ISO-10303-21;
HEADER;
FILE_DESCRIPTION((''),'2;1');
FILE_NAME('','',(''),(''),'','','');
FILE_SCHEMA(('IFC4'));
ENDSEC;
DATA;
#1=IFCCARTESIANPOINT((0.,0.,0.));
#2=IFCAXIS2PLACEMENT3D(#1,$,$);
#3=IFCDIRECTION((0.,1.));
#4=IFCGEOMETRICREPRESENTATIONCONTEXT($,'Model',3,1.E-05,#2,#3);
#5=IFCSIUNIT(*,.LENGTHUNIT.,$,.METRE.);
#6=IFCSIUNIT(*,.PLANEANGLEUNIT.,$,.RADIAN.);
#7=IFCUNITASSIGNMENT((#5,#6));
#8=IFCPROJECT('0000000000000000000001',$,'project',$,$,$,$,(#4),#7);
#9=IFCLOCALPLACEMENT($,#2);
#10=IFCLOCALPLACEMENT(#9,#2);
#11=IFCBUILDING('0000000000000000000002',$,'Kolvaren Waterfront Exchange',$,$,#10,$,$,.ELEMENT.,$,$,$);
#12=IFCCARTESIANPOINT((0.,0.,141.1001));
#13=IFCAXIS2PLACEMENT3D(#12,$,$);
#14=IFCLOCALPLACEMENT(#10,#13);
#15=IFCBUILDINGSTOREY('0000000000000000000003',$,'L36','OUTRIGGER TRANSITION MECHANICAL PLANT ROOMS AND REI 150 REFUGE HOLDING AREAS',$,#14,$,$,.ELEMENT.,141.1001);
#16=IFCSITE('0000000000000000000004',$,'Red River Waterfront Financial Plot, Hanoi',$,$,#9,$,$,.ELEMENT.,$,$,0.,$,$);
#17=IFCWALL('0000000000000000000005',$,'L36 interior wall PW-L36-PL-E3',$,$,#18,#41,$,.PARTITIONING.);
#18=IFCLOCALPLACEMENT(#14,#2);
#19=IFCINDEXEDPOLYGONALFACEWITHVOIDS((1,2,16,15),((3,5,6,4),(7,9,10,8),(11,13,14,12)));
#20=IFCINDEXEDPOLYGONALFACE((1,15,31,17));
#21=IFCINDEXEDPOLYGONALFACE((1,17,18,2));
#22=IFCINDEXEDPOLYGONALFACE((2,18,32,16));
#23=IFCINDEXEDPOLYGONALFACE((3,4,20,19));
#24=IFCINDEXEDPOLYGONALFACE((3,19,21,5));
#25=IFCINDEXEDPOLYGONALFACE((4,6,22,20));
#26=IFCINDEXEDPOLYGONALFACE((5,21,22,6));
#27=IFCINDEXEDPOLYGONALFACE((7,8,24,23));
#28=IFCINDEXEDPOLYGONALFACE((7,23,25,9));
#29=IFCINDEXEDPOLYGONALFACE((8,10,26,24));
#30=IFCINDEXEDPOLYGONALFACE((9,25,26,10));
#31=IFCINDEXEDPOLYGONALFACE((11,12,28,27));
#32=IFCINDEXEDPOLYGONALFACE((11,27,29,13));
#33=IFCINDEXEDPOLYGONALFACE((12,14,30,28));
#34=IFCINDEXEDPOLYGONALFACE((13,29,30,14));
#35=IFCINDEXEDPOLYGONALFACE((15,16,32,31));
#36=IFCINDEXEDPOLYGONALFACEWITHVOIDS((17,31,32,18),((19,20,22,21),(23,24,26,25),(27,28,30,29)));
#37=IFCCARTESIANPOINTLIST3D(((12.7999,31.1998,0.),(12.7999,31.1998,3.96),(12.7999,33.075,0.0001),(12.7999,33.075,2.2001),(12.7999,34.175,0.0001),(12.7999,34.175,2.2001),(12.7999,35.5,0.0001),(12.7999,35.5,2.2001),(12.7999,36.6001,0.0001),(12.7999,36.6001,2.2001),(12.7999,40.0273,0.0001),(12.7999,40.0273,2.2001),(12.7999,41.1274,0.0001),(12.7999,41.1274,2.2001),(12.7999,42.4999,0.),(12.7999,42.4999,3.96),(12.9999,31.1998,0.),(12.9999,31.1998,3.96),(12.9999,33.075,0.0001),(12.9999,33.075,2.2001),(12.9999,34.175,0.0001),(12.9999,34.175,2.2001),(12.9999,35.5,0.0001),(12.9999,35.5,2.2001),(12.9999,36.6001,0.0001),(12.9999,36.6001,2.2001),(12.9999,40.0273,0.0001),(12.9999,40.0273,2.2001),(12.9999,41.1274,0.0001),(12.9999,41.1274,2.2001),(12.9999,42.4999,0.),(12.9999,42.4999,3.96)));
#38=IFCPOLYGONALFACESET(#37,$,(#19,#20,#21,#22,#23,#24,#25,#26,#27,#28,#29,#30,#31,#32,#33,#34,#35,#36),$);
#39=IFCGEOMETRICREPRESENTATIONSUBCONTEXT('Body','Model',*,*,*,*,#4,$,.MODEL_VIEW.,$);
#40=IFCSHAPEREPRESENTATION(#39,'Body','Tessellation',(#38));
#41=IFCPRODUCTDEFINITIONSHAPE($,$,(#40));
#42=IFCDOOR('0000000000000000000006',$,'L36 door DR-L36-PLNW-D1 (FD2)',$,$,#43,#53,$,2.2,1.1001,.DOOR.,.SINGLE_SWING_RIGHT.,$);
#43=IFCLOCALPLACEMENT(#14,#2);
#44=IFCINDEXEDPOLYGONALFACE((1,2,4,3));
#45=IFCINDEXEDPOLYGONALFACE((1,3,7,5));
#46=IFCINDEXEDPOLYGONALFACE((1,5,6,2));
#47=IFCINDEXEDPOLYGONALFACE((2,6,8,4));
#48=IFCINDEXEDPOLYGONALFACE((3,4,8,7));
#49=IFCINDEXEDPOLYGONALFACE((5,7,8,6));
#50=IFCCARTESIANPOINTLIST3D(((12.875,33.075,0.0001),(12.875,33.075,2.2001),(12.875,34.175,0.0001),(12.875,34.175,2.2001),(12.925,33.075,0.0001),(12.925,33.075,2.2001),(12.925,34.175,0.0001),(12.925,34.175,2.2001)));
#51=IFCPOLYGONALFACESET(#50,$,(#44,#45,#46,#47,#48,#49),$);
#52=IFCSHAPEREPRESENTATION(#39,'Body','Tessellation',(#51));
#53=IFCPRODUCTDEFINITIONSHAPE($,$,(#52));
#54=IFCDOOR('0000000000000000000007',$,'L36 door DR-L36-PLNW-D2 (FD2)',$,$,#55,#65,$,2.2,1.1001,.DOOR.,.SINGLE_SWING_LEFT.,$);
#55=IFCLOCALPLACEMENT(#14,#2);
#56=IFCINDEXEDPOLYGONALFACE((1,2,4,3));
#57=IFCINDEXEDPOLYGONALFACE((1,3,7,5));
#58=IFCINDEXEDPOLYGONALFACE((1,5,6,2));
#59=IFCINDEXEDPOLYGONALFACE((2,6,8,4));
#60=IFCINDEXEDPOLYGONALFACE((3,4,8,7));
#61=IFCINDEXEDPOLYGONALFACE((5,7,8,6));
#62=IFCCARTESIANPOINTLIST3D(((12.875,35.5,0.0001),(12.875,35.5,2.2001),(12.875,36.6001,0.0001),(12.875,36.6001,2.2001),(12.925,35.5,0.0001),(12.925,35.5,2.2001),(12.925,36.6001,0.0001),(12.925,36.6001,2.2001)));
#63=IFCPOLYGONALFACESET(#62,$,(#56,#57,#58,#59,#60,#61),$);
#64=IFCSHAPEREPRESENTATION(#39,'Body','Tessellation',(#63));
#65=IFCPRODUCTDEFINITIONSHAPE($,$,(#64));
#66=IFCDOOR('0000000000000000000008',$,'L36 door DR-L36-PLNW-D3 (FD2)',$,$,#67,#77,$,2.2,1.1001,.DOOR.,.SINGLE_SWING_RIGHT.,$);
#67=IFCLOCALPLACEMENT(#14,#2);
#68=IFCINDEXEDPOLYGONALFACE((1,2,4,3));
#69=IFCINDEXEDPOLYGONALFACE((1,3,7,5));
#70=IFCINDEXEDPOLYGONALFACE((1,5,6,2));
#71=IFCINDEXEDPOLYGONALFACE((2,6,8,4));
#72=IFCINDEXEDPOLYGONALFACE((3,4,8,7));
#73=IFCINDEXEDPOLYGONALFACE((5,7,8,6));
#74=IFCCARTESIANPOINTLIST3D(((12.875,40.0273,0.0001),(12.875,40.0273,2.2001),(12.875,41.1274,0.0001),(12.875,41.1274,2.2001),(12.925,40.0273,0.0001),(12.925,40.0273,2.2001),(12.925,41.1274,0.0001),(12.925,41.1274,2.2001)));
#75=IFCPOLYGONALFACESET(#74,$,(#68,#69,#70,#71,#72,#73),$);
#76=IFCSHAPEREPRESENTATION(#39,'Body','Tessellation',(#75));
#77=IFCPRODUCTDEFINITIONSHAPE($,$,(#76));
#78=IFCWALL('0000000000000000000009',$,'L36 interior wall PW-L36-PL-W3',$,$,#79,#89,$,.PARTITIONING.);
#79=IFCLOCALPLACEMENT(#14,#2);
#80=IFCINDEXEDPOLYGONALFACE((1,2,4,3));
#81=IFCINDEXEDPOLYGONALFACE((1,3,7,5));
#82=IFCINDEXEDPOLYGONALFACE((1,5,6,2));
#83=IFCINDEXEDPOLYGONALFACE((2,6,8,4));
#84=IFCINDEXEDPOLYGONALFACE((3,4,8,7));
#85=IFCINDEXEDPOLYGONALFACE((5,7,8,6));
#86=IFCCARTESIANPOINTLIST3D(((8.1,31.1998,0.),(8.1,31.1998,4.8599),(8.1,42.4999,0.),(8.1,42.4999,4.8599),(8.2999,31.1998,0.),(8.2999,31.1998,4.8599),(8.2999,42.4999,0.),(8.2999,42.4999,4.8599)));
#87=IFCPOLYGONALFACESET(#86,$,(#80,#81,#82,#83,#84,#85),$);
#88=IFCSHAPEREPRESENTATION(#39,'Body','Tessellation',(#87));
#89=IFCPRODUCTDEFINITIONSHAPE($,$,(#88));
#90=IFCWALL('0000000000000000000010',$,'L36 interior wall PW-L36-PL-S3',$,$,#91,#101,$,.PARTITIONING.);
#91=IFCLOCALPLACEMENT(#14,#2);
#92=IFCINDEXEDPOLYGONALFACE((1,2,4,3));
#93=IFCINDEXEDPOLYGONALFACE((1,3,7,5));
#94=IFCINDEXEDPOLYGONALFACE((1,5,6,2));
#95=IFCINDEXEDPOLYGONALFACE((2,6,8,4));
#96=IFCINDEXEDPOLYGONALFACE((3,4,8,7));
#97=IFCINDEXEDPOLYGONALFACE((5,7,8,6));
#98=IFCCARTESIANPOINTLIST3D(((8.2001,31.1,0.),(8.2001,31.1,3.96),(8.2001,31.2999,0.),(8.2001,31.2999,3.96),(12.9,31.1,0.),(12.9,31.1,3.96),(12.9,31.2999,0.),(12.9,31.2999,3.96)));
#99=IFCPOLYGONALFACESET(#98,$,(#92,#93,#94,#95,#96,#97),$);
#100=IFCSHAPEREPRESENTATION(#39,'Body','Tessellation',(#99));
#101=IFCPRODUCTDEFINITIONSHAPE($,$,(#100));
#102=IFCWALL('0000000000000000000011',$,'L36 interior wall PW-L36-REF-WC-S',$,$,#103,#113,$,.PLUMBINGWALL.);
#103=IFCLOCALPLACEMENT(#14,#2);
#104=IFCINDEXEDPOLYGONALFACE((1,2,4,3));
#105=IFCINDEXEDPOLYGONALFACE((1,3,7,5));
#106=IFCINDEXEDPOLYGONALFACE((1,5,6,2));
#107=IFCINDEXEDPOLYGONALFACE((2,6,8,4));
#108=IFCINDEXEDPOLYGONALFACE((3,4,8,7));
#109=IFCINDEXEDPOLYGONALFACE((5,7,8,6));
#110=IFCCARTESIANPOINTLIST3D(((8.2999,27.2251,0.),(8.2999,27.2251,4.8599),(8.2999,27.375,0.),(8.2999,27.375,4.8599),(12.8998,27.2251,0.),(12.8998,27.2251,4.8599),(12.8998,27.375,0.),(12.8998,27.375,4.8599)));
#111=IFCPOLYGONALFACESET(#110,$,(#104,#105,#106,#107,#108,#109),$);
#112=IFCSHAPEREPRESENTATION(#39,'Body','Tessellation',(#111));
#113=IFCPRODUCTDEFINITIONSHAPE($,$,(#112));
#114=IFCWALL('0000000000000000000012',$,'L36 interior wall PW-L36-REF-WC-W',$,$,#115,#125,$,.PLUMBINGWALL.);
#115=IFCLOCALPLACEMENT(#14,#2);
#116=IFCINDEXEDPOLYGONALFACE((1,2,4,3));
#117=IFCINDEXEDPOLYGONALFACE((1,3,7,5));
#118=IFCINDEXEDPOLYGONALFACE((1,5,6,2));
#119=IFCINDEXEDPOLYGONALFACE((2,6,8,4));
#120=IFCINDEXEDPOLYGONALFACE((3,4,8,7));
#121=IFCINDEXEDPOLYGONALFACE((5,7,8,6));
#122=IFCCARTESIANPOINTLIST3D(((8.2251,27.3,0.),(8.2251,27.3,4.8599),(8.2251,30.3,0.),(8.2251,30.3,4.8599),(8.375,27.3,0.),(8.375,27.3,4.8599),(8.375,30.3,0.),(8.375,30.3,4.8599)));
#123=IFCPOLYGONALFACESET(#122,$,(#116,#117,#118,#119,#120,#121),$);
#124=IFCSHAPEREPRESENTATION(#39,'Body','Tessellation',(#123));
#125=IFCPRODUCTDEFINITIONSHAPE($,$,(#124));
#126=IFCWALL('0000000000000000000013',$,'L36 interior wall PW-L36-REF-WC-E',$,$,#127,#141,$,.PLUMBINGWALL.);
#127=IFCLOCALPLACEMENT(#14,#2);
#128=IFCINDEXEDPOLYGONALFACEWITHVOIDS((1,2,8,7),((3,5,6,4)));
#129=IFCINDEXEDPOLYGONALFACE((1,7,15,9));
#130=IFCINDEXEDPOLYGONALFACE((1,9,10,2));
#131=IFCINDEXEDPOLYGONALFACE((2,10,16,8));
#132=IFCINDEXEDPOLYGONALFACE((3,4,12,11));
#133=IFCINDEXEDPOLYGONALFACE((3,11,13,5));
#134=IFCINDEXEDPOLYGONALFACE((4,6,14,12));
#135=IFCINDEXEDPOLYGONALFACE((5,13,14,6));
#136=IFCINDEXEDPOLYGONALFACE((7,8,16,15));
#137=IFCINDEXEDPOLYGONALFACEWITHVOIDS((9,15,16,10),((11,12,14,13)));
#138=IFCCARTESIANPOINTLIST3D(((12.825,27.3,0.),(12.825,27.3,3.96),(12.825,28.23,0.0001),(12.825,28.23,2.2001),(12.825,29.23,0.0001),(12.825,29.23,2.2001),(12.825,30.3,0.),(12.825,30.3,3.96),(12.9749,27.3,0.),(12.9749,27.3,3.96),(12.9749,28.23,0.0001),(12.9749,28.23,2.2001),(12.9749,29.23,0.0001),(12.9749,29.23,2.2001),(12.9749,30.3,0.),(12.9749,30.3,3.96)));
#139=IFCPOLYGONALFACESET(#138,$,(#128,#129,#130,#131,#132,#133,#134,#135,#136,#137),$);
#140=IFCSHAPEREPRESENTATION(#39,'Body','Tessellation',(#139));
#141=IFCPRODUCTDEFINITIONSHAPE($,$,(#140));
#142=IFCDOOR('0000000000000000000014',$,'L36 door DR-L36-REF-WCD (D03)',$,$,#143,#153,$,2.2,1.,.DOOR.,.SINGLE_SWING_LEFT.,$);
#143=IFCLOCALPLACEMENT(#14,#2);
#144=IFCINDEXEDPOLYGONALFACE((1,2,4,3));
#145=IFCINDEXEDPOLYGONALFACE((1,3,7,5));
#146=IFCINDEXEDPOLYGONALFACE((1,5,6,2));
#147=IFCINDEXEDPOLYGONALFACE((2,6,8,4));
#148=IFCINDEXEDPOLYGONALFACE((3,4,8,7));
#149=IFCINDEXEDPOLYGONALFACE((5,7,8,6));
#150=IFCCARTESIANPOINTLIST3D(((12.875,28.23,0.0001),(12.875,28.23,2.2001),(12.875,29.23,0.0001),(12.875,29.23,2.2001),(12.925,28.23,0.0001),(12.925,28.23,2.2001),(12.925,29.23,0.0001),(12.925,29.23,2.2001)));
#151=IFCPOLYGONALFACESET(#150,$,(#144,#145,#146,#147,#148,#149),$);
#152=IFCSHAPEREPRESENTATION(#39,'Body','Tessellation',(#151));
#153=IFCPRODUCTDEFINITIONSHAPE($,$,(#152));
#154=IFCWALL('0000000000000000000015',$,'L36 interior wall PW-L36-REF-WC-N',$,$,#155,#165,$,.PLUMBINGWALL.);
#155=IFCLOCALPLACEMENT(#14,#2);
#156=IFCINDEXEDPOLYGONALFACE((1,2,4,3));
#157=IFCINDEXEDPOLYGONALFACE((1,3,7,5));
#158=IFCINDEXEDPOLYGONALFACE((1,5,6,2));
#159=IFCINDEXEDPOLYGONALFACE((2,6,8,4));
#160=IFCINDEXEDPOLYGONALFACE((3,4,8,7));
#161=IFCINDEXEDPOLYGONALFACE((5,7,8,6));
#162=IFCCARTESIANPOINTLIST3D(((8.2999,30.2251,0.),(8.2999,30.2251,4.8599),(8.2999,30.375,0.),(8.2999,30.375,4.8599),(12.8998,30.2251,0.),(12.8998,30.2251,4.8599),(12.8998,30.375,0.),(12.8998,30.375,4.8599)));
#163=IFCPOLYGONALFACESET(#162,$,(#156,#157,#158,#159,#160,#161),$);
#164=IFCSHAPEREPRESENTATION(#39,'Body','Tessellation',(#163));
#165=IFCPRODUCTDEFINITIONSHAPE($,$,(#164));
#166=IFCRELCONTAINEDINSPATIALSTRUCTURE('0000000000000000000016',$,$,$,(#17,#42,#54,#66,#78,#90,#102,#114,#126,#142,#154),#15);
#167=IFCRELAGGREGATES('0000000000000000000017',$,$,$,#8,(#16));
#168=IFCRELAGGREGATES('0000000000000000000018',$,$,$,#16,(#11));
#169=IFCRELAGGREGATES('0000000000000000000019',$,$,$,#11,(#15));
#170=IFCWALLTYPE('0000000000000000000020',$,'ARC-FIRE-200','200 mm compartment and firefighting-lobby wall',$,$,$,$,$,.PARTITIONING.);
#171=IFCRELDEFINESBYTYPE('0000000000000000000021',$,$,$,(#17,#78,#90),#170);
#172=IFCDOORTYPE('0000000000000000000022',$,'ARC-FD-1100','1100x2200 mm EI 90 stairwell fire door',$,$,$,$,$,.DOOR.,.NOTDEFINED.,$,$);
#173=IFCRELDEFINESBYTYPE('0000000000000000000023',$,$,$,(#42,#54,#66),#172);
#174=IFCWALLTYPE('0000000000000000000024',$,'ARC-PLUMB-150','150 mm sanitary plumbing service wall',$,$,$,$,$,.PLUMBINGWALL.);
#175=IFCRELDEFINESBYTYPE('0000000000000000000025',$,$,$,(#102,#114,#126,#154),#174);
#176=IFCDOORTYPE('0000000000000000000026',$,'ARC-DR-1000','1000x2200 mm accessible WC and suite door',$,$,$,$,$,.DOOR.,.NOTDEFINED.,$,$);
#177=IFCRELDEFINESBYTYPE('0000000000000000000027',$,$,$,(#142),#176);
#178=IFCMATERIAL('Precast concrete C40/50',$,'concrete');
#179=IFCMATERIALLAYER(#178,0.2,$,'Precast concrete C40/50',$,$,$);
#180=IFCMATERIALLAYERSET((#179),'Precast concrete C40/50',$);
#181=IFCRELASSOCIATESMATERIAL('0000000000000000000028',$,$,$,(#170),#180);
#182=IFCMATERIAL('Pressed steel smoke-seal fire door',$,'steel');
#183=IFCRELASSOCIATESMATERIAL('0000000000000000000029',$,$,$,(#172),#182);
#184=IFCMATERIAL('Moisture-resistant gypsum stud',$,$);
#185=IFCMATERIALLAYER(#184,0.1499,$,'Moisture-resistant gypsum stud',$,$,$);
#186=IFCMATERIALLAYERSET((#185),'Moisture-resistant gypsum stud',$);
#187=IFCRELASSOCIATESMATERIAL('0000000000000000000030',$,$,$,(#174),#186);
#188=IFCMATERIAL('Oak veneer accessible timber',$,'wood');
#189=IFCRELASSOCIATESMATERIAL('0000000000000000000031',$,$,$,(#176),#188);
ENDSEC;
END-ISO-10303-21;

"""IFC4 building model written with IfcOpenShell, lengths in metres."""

from ifc_helpers import new_model, si_unit, direction, frame, frame_2d, origin, place, context, subcontext, project, spatial, rectangle, extrude, material, layer, layer_set, type_object, element, fill, save


model = new_model("IFC4")

# Units and contexts
model_context = context("Model", 3, precision=1e-05, world=origin(), true_north=direction((0.0, 1.0)))
body_context = subcontext(model_context, "Body", "Model", "MODEL_VIEW")
ifc_project = project(units=[si_unit("LENGTHUNIT", "METRE"), si_unit("PLANEANGLEUNIT", "RADIAN")], contexts=[model_context])

# Site, building, storey
site_placement = place(None, origin())
site = spatial("IfcSite", under=ifc_project, at=site_placement, Name="Red River Waterfront Financial Plot, Hanoi", CompositionType="ELEMENT", RefElevation=0.0)
building_placement = place(site_placement, origin())
building = spatial("IfcBuilding", under=site, at=building_placement, Name="Kolvaren Waterfront Exchange", CompositionType="ELEMENT")
storey_placement = place(building_placement, frame((0.0, 0.0, 141.1001)))
storey = spatial("IfcBuildingStorey", under=building, at=storey_placement, Name="L36", Description="OUTRIGGER TRANSITION MECHANICAL PLANT ROOMS AND REI 150 REFUGE HOLDING AREAS", CompositionType="ELEMENT", Elevation=141.1001)

# Wall, openings, doors
ifc_material_1 = material(Name="Precast concrete C40/50", Category="concrete")
ifc_layer_1 = layer(ifc_material_1, 0.2, Name="Precast concrete C40/50")
ifc_layer_set_1 = layer_set([ifc_layer_1], Name="Precast concrete C40/50")
wall_type_1 = type_object("IfcWallType", Name="ARC-FIRE-200", Description="200 mm compartment and firefighting-lobby wall", PredefinedType="PARTITIONING", material=ifc_layer_set_1)
wall_1_placement = place(storey_placement, frame((12.8999, 31.2, 0.0), z_axis=(0.0, 0.0, 1.0), x_axis=(0.0, 1.0, 0.0)))
wall_1 = element("IfcWall", 1, at=wall_1_placement, inside=storey, type_object=wall_type_1, Name="L36 interior wall PW-L36-PL-E3", PredefinedType="PARTITIONING", context=body_context, shape_type="SweptSolid", body=[
    extrude(rectangle(XDim=11.3, YDim=0.2, at=frame_2d((5.6499, 0.0))), origin(), (0.0, 0.0, 1.0), 3.96),
])
opening_1_placement = place(wall_1_placement, frame((1.875, 0.0, 0.0)))
opening_1 = element("IfcOpeningElement", 2, at=opening_1_placement, cuts=wall_1, PredefinedType="OPENING", context=body_context, shape_type="SweptSolid", body=[
    extrude(rectangle(XDim=1.1001, YDim=2.2, at=frame_2d((0.55, 1.1001))), frame((0.0, 0.1099, 0.0), z_axis=(0.0, -1.0, 0.0), x_axis=(1.0, 0.0, 0.0)), (0.0, 0.0, 1.0), 0.22),
])
opening_2_placement = place(wall_1_placement, frame((4.3, 0.0, 0.0)))
opening_2 = element("IfcOpeningElement", 3, at=opening_2_placement, cuts=wall_1, PredefinedType="OPENING", context=body_context, shape_type="SweptSolid", body=[
    extrude(rectangle(XDim=1.1001, YDim=2.2, at=frame_2d((0.55, 1.1001))), frame((0.0, 0.1099, 0.0), z_axis=(0.0, -1.0, 0.0), x_axis=(1.0, 0.0, 0.0)), (0.0, 0.0, 1.0), 0.22),
])
opening_3_placement = place(wall_1_placement, frame((8.8274, 0.0, 0.0)))
opening_3 = element("IfcOpeningElement", 4, at=opening_3_placement, cuts=wall_1, PredefinedType="OPENING", context=body_context, shape_type="SweptSolid", body=[
    extrude(rectangle(XDim=1.1001, YDim=2.2, at=frame_2d((0.55, 1.1001))), frame((0.0, 0.1099, 0.0), z_axis=(0.0, -1.0, 0.0), x_axis=(1.0, 0.0, 0.0)), (0.0, 0.0, 1.0), 0.22),
])
ifc_material_2 = material(Name="Pressed steel smoke-seal fire door", Category="steel")
door_type_1 = type_object("IfcDoorType", Name="ARC-FD-1100", Description="1100x2200 mm EI 90 stairwell fire door", OperationType="NOTDEFINED", PredefinedType="DOOR", material=ifc_material_2)
door_1_placement = place(opening_1_placement, origin())
door_1 = element("IfcDoor", 5, at=door_1_placement, inside=storey, type_object=door_type_1, Name="L36 door DR-L36-PLNW-D1 (FD2)", OperationType="SINGLE_SWING_RIGHT", OverallHeight=2.2, OverallWidth=1.1001, PredefinedType="DOOR", context=body_context, shape_type="SweptSolid", body=[
    extrude(rectangle(XDim=1.1001, YDim=2.2, at=frame_2d((0.55, 1.1001))), frame((0.0, 0.0249, 0.0), z_axis=(0.0, -1.0, 0.0), x_axis=(1.0, 0.0, 0.0)), (0.0, 0.0, 1.0), 0.05),
])
fill(opening_1, door_1)
door_2_placement = place(opening_2_placement, origin())
door_2 = element("IfcDoor", 6, at=door_2_placement, inside=storey, type_object=door_type_1, Name="L36 door DR-L36-PLNW-D2 (FD2)", OperationType="SINGLE_SWING_LEFT", OverallHeight=2.2, OverallWidth=1.1001, PredefinedType="DOOR", context=body_context, shape_type="SweptSolid", body=[
    extrude(rectangle(XDim=1.1001, YDim=2.2, at=frame_2d((0.55, 1.1001))), frame((0.0, 0.0249, 0.0), z_axis=(0.0, -1.0, 0.0), x_axis=(1.0, 0.0, 0.0)), (0.0, 0.0, 1.0), 0.05),
])
fill(opening_2, door_2)
door_3_placement = place(opening_3_placement, origin())
door_3 = element("IfcDoor", 7, at=door_3_placement, inside=storey, type_object=door_type_1, Name="L36 door DR-L36-PLNW-D3 (FD2)", OperationType="SINGLE_SWING_RIGHT", OverallHeight=2.2, OverallWidth=1.1001, PredefinedType="DOOR", context=body_context, shape_type="SweptSolid", body=[
    extrude(rectangle(XDim=1.1001, YDim=2.2, at=frame_2d((0.55, 1.1001))), frame((0.0, 0.0249, 0.0), z_axis=(0.0, -1.0, 0.0), x_axis=(1.0, 0.0, 0.0)), (0.0, 0.0, 1.0), 0.05),
])
fill(opening_3, door_3)

# Walls
wall_2_placement = place(storey_placement, frame((8.2, 31.2, 0.0), z_axis=(0.0, 0.0, 1.0), x_axis=(0.0, 1.0, 0.0)))
element("IfcWall", 8, at=wall_2_placement, inside=storey, type_object=wall_type_1, Name="L36 interior wall PW-L36-PL-W3", PredefinedType="PARTITIONING", context=body_context, shape_type="SweptSolid", body=[
    extrude(rectangle(XDim=11.3, YDim=0.2, at=frame_2d((5.6499, 0.0))), origin(), (0.0, 0.0, 1.0), 4.8599),
])
wall_3_placement = place(storey_placement, frame((8.2, 31.2, 0.0), z_axis=(0.0, 0.0, 1.0), x_axis=(1.0, 0.0, 0.0)))
element("IfcWall", 9, at=wall_3_placement, inside=storey, type_object=wall_type_1, Name="L36 interior wall PW-L36-PL-S3", PredefinedType="PARTITIONING", context=body_context, shape_type="SweptSolid", body=[
    extrude(rectangle(XDim=4.7, YDim=0.2, at=frame_2d((2.3501, 0.0))), origin(), (0.0, 0.0, 1.0), 3.96),
])
ifc_material_3 = material(Name="Moisture-resistant gypsum stud")
ifc_layer_2 = layer(ifc_material_3, 0.1499, Name="Moisture-resistant gypsum stud")
ifc_layer_set_2 = layer_set([ifc_layer_2], Name="Moisture-resistant gypsum stud")
wall_type_2 = type_object("IfcWallType", Name="ARC-PLUMB-150", Description="150 mm sanitary plumbing service wall", PredefinedType="PLUMBINGWALL", material=ifc_layer_set_2)
wall_4_placement = place(storey_placement, frame((8.3, 27.3, 0.0), z_axis=(0.0, 0.0, 1.0), x_axis=(1.0, 0.0, 0.0)))
element("IfcWall", 10, at=wall_4_placement, inside=storey, type_object=wall_type_2, Name="L36 interior wall PW-L36-REF-WC-S", PredefinedType="PLUMBINGWALL", context=body_context, shape_type="SweptSolid", body=[
    extrude(rectangle(XDim=4.5999, YDim=0.1499, at=frame_2d((2.2998, 0.0))), origin(), (0.0, 0.0, 1.0), 4.8599),
])
wall_5_placement = place(storey_placement, frame((8.3, 27.3, 0.0), z_axis=(0.0, 0.0, 1.0), x_axis=(0.0, 1.0, 0.0)))
element("IfcWall", 11, at=wall_5_placement, inside=storey, type_object=wall_type_2, Name="L36 interior wall PW-L36-REF-WC-W", PredefinedType="PLUMBINGWALL", context=body_context, shape_type="SweptSolid", body=[
    extrude(rectangle(XDim=3.0, YDim=0.1499, at=frame_2d((1.5, 0.0))), origin(), (0.0, 0.0, 1.0), 4.8599),
])

# Wall, opening, door
wall_6_placement = place(storey_placement, frame((12.8999, 27.3, 0.0), z_axis=(0.0, 0.0, 1.0), x_axis=(0.0, 1.0, 0.0)))
wall_6 = element("IfcWall", 12, at=wall_6_placement, inside=storey, type_object=wall_type_2, Name="L36 interior wall PW-L36-REF-WC-E", PredefinedType="PLUMBINGWALL", context=body_context, shape_type="SweptSolid", body=[
    extrude(rectangle(XDim=3.0, YDim=0.1499, at=frame_2d((1.5, 0.0))), origin(), (0.0, 0.0, 1.0), 3.96),
])
opening_4_placement = place(wall_6_placement, frame((0.9299, 0.0, 0.0)))
opening_4 = element("IfcOpeningElement", 13, at=opening_4_placement, cuts=wall_6, PredefinedType="OPENING", context=body_context, shape_type="SweptSolid", body=[
    extrude(rectangle(XDim=1.0, YDim=2.2, at=frame_2d((0.5, 1.1001))), frame((0.0, 0.085, 0.0), z_axis=(0.0, -1.0, 0.0), x_axis=(1.0, 0.0, 0.0)), (0.0, 0.0, 1.0), 0.1699),
])
ifc_material_4 = material(Name="Oak veneer accessible timber", Category="wood")
door_type_2 = type_object("IfcDoorType", Name="ARC-DR-1000", Description="1000x2200 mm accessible WC and suite door", OperationType="NOTDEFINED", PredefinedType="DOOR", material=ifc_material_4)
door_4_placement = place(opening_4_placement, origin())
door_4 = element("IfcDoor", 14, at=door_4_placement, inside=storey, type_object=door_type_2, Name="L36 door DR-L36-REF-WCD (D03)", OperationType="SINGLE_SWING_LEFT", OverallHeight=2.2, OverallWidth=1.0, PredefinedType="DOOR", context=body_context, shape_type="SweptSolid", body=[
    extrude(rectangle(XDim=1.0, YDim=2.2, at=frame_2d((0.5, 1.1001))), frame((0.0, 0.0249, 0.0), z_axis=(0.0, -1.0, 0.0), x_axis=(1.0, 0.0, 0.0)), (0.0, 0.0, 1.0), 0.05),
])
fill(opening_4, door_4)

# Wall
wall_7_placement = place(storey_placement, frame((8.3, 30.3, 0.0), z_axis=(0.0, 0.0, 1.0), x_axis=(1.0, 0.0, 0.0)))
element("IfcWall", 15, at=wall_7_placement, inside=storey, type_object=wall_type_2, Name="L36 interior wall PW-L36-REF-WC-N", PredefinedType="PLUMBINGWALL", context=body_context, shape_type="SweptSolid", body=[
    extrude(rectangle(XDim=4.5999, YDim=0.1499, at=frame_2d((2.2998, 0.0))), origin(), (0.0, 0.0, 1.0), 4.8599),
])

save(model, "model.ifc")
